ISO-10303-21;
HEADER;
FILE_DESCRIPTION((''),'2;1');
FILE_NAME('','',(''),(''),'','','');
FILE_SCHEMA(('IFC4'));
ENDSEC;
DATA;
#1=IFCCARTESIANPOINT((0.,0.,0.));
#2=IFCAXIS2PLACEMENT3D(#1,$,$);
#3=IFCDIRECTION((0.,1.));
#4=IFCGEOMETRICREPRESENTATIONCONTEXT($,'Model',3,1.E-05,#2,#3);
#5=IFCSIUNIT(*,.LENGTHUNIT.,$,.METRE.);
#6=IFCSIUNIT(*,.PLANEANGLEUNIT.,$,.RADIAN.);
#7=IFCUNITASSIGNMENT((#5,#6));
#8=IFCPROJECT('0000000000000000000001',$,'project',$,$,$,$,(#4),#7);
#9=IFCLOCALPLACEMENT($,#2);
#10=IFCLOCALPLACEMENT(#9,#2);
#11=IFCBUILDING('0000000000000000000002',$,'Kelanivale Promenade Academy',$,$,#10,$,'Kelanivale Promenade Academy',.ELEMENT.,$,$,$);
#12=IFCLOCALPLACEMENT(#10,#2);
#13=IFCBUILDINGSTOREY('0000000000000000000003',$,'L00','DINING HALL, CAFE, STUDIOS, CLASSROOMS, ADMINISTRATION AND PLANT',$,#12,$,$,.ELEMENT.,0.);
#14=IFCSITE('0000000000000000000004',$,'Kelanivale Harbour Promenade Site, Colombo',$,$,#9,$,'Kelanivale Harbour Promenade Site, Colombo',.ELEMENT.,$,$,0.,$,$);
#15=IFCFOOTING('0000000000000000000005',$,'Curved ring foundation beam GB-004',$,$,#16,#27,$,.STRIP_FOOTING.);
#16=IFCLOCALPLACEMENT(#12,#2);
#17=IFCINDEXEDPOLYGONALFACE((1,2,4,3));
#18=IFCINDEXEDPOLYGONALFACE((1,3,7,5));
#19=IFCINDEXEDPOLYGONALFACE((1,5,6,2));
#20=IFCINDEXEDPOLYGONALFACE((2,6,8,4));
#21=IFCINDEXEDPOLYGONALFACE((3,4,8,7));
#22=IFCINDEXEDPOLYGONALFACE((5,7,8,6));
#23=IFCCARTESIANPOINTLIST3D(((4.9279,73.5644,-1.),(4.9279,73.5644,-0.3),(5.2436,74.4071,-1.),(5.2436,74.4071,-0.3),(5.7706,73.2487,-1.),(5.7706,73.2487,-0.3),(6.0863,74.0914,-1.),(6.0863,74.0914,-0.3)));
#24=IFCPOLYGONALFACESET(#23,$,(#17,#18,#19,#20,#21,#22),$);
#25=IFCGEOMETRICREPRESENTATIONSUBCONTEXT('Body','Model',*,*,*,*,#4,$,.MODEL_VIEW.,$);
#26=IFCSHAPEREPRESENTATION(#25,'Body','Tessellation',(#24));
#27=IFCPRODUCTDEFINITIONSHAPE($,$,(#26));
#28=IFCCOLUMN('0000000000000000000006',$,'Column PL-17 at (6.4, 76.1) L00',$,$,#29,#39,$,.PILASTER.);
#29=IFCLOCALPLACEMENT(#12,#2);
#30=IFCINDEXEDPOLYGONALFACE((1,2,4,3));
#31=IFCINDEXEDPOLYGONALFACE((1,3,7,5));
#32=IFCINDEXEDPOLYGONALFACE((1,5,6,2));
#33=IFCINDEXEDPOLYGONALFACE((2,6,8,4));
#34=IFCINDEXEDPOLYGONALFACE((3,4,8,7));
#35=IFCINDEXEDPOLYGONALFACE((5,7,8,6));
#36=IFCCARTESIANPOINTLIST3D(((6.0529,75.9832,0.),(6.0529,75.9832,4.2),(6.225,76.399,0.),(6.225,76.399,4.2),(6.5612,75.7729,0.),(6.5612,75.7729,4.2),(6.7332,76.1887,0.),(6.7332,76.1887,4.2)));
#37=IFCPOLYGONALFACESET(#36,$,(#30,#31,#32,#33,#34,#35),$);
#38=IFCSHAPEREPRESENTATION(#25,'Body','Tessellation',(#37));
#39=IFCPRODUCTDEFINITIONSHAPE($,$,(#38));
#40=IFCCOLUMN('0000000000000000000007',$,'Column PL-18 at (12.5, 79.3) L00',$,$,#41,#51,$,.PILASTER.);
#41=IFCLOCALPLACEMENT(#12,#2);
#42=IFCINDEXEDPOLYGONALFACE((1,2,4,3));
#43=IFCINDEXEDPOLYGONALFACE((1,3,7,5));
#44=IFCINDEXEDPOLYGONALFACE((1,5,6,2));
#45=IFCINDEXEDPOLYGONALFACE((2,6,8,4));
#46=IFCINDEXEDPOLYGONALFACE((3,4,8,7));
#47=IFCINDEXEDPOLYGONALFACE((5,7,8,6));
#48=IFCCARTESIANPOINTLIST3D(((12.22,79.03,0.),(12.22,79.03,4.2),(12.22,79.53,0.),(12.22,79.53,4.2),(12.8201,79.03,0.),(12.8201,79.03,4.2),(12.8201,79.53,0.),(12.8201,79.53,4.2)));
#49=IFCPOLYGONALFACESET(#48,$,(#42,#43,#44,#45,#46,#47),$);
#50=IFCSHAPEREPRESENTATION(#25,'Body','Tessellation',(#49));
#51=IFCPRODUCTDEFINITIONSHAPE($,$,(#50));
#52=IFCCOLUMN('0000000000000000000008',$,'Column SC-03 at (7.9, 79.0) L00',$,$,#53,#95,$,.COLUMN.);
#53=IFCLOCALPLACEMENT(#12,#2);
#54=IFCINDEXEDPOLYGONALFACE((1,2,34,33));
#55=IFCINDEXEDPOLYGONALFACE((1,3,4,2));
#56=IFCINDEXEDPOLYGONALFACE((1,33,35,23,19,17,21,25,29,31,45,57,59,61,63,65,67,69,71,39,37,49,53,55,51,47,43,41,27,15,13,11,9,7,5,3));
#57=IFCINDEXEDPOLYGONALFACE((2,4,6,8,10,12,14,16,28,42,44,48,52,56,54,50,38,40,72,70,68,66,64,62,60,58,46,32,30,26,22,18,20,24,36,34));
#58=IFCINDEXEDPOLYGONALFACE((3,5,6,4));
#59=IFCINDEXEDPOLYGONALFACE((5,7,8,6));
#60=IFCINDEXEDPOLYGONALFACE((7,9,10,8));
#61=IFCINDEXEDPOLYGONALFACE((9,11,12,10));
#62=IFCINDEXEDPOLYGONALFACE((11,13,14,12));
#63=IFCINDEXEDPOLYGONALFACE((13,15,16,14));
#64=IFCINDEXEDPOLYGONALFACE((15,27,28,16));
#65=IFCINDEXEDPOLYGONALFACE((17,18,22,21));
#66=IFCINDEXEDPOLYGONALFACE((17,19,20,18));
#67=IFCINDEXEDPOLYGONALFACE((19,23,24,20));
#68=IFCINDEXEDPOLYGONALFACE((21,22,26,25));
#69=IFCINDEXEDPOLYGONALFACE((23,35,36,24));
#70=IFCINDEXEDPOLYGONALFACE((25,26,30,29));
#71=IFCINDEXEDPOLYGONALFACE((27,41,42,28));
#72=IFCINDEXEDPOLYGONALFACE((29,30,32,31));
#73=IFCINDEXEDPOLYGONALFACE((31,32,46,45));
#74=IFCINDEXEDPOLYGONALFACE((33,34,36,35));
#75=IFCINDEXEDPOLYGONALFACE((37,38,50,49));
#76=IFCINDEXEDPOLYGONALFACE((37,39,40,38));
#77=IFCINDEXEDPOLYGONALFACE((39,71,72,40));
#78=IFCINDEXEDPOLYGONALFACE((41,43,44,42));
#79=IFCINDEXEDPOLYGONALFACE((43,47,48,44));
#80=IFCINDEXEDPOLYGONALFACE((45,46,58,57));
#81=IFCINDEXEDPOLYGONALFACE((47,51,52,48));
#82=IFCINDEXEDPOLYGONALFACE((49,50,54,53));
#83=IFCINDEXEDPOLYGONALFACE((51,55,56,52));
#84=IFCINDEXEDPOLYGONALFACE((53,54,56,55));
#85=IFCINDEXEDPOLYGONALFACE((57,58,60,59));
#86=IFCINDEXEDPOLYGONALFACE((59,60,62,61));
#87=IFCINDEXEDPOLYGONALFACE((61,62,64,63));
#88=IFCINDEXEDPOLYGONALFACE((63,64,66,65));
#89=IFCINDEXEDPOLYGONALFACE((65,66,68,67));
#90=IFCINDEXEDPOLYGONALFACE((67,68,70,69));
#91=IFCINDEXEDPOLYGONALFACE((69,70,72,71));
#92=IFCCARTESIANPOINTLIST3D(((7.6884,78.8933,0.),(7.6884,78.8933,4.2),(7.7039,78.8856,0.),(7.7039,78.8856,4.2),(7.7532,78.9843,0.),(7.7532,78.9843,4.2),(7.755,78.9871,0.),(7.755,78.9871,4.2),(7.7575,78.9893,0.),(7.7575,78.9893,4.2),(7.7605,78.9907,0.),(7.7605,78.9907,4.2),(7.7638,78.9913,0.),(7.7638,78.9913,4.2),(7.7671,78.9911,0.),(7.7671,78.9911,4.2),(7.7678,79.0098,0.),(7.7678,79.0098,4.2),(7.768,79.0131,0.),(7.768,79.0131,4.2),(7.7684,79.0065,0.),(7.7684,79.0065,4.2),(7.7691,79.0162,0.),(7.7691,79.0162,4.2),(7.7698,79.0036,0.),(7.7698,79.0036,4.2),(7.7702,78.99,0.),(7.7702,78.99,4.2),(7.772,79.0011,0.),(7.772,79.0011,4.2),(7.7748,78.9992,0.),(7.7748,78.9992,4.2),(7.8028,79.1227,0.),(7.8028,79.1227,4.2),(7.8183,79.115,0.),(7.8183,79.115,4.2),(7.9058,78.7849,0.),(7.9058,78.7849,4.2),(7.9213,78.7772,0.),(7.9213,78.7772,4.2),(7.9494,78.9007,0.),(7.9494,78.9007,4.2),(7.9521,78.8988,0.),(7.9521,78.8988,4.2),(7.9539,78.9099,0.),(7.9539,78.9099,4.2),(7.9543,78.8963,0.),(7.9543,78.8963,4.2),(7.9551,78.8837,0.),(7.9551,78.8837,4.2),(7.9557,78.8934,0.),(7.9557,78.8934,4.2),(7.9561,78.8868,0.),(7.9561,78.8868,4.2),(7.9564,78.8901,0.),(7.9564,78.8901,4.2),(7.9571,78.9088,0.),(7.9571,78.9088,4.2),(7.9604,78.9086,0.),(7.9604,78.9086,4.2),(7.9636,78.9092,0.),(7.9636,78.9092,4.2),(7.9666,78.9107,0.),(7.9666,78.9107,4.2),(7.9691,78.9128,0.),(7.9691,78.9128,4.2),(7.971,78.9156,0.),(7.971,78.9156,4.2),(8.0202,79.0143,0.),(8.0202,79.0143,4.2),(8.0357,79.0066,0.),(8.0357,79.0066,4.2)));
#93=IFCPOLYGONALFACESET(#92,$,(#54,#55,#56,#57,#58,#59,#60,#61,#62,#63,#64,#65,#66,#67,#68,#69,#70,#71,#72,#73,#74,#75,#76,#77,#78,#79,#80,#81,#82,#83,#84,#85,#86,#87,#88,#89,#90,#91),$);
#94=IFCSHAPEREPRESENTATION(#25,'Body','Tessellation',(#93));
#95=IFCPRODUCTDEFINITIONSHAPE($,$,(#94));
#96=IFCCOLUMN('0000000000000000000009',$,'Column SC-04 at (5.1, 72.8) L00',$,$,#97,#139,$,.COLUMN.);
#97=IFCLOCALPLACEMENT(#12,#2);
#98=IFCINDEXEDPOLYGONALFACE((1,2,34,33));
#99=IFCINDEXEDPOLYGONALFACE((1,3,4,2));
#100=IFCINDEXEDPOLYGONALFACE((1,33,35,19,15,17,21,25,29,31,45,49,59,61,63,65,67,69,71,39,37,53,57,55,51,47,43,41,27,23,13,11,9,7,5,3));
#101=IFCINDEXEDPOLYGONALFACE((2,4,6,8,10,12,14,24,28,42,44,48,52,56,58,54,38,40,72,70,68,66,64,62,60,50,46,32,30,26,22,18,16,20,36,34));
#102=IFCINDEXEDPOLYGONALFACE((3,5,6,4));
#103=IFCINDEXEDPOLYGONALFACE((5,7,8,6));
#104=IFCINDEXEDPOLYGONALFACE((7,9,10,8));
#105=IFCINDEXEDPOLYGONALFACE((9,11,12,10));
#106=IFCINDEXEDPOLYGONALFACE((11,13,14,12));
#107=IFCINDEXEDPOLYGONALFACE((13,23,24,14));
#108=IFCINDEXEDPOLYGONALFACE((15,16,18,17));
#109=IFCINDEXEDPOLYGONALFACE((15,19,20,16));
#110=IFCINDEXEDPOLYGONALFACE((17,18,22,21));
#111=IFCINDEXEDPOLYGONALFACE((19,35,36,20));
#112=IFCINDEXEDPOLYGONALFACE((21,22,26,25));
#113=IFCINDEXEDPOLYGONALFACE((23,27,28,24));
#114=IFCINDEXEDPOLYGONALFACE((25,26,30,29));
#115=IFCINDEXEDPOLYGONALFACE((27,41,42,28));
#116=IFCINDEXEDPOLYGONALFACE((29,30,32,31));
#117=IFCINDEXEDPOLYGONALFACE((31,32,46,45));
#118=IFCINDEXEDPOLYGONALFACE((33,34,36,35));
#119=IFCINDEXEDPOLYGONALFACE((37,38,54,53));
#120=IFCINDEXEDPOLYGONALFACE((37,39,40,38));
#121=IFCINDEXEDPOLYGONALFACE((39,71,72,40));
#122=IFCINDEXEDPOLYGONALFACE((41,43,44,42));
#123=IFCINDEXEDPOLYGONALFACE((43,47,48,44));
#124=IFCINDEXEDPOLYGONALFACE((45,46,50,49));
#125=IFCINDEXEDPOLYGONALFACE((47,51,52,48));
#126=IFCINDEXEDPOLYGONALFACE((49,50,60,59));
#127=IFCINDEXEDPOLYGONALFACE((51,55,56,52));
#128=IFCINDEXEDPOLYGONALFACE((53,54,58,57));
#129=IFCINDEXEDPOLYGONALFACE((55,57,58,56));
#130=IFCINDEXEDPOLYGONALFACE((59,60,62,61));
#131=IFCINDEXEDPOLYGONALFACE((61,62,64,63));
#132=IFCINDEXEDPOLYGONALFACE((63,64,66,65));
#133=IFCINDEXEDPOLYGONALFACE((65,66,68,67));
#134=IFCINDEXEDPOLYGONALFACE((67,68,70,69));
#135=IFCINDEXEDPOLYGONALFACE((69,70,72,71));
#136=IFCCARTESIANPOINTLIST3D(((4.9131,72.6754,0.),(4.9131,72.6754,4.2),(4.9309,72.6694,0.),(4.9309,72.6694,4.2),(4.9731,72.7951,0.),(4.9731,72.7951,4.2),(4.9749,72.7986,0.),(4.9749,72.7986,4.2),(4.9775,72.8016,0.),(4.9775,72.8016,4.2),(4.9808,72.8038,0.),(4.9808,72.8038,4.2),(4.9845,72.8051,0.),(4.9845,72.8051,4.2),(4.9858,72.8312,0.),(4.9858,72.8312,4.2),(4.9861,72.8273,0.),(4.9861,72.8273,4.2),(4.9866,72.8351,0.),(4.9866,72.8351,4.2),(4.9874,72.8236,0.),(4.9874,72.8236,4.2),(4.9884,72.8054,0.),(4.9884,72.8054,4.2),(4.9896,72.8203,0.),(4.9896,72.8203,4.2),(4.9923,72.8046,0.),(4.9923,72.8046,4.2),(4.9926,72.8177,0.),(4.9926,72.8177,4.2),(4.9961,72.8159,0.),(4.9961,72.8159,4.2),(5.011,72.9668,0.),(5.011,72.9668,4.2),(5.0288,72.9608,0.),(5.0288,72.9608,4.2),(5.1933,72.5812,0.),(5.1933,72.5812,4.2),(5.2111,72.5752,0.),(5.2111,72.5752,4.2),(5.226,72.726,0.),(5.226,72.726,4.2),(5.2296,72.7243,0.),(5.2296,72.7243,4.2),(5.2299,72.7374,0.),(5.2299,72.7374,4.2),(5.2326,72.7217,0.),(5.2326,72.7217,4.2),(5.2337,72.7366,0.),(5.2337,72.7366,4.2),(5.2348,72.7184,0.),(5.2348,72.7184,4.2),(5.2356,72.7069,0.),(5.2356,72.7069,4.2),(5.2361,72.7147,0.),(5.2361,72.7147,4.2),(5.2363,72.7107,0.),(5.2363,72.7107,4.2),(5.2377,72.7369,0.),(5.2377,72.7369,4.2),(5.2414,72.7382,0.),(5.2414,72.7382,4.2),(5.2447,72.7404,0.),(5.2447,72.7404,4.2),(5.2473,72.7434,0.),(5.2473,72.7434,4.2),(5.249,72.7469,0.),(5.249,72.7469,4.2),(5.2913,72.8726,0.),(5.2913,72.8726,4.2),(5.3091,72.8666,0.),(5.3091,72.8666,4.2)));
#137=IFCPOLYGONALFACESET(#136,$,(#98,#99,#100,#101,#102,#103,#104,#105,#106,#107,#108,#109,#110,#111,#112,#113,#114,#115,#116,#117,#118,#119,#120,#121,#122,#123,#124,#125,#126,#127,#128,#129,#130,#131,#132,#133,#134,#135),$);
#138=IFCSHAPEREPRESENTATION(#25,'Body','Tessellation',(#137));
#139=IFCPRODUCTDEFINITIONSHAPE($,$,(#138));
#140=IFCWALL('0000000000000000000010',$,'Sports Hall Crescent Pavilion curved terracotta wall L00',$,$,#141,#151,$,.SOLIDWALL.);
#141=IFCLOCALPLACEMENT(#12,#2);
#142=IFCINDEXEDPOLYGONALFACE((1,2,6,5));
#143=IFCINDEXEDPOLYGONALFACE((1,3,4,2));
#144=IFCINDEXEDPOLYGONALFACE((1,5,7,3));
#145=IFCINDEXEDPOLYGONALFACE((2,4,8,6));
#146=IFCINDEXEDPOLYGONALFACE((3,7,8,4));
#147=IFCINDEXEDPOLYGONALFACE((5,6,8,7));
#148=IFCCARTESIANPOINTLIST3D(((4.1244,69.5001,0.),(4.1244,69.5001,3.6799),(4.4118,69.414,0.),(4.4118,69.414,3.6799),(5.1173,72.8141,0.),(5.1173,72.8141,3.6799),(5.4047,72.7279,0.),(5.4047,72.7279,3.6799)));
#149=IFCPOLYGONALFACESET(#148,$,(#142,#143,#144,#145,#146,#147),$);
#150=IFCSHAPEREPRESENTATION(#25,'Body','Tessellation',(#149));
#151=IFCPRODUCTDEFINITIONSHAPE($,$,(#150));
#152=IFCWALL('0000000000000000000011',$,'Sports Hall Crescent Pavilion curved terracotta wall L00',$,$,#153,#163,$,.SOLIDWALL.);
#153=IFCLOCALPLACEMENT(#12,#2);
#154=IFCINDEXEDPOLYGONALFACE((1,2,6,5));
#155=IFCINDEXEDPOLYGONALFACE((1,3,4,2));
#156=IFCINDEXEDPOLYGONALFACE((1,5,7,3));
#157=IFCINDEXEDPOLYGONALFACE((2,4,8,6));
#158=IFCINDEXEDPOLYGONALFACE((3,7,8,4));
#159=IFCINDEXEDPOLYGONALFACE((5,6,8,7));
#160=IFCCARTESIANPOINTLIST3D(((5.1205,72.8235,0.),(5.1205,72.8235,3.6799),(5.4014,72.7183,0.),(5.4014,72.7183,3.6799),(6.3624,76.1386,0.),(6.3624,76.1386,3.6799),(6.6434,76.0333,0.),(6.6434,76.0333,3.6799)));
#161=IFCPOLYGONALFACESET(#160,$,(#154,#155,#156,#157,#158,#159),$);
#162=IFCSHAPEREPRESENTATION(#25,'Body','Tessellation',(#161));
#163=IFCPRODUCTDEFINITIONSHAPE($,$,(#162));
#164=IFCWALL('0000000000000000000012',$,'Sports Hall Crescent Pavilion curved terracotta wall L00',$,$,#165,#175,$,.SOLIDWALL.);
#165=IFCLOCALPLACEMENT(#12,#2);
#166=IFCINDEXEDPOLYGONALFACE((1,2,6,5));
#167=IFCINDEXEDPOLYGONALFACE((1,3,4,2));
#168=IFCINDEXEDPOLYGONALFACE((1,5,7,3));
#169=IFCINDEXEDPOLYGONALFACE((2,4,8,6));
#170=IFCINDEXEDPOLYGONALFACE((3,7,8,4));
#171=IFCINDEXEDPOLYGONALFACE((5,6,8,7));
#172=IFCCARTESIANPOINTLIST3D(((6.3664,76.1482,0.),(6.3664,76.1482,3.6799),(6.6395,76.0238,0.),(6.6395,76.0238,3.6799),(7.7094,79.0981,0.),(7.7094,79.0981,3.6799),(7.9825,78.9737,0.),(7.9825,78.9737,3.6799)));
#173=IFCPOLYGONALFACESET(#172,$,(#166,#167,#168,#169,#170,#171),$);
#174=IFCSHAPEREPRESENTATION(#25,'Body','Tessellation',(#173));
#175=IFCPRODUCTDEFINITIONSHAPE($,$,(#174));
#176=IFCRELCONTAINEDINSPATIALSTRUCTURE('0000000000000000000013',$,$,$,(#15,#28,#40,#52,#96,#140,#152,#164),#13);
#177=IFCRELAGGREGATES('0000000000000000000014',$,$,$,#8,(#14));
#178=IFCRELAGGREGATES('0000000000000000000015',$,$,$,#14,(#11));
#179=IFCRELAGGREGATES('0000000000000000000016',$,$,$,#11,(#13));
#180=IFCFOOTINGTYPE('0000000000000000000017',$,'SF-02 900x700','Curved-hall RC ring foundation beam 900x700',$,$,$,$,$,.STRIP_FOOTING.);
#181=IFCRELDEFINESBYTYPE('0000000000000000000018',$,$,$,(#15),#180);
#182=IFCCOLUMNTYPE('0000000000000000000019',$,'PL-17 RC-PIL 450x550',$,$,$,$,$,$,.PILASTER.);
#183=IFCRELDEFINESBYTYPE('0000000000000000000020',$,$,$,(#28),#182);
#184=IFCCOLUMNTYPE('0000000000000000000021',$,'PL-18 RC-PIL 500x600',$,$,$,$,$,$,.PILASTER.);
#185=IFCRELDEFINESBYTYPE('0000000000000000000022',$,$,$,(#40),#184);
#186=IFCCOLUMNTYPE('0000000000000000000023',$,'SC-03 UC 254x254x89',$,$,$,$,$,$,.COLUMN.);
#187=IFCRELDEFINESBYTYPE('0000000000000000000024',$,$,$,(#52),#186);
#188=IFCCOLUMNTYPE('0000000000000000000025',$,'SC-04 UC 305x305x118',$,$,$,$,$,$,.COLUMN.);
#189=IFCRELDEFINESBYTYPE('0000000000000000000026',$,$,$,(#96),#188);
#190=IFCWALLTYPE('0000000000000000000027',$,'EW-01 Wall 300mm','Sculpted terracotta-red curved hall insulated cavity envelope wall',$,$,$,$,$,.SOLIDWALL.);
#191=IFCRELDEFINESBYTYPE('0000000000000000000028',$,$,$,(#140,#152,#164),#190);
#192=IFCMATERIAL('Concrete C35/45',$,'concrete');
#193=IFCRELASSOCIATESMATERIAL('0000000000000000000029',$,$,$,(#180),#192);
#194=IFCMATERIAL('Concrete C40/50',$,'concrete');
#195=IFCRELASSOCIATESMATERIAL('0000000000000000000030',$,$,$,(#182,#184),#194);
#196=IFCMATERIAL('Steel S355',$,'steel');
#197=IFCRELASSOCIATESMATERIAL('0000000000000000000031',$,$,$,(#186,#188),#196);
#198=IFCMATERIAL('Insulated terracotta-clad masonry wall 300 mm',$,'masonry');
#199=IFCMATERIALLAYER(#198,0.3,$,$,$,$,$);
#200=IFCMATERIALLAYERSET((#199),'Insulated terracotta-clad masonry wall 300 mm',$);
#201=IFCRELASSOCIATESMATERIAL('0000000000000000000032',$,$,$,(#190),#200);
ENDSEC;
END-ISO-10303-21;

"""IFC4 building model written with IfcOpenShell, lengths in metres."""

from ifc_helpers import new_model, si_unit, direction, frame, frame_2d, origin, origin_2d, place, context, subcontext, project, spatial, rectangle, i_section, extrude, material, layer, layer_set, material_profile, profile_set, type_object, element, save


model = new_model("IFC4")

# Units and contexts
model_context = context("Model", 3, precision=1e-05, world=origin(), true_north=direction((0.0, 1.0)))
body_context = subcontext(model_context, "Body", "Model", "MODEL_VIEW")
ifc_project = project(units=[si_unit("LENGTHUNIT", "METRE"), si_unit("PLANEANGLEUNIT", "RADIAN")], contexts=[model_context])

# Site, building, storey
site_placement = place(None, origin())
site = spatial("IfcSite", under=ifc_project, at=site_placement, Name="Kelanivale Harbour Promenade Site, Colombo", LongName="Kelanivale Harbour Promenade Site, Colombo", CompositionType="ELEMENT", RefElevation=0.0)
building_placement = place(site_placement, origin())
building = spatial("IfcBuilding", under=site, at=building_placement, Name="Kelanivale Promenade Academy", LongName="Kelanivale Promenade Academy", CompositionType="ELEMENT")
storey_placement = place(building_placement, origin())
storey = spatial("IfcBuildingStorey", under=building, at=storey_placement, Name="L00", Description="DINING HALL, CAFE, STUDIOS, CLASSROOMS, ADMINISTRATION AND PLANT", CompositionType="ELEMENT", Elevation=0.0)

# Shared definitions
ifc_material_1 = material(Name="Concrete C35/45", Category="concrete")

# Footing
footing_type_1 = type_object("IfcFootingType", Name="SF-02 900x700", Description="Curved-hall RC ring foundation beam 900x700", PredefinedType="STRIP_FOOTING", material=ifc_material_1)
footing_1_placement = place(storey_placement, frame((5.5071, 73.8279, -1.0), z_axis=(0.0, 0.0, 1.0), x_axis=(0.350845, 0.936434, 0.0)))
element("IfcFooting", 1, at=footing_1_placement, inside=storey, type_object=footing_type_1, Name="Curved ring foundation beam GB-004", PredefinedType="STRIP_FOOTING", context=body_context, shape_type="SweptSolid", body=[
    extrude(rectangle(XDim=0.8999, YDim=0.8999, at=origin_2d()), origin(), (0.0, 0.0, 1.0), 0.7),
])

# Columns
ifc_material_2 = material(Name="Concrete C40/50", Category="concrete")
ifc_material_profile_1 = material_profile(ifc_material_2, rectangle(XDim=0.45, YDim=0.55, at=origin_2d()), Name="RC-PIL 450x550")
ifc_profile_set_1 = profile_set([ifc_material_profile_1], Name="Concrete C40/50")
column_type_1 = type_object("IfcColumnType", Name="PL-17 RC-PIL 450x550", PredefinedType="PILASTER", material=ifc_profile_set_1)
column_1_placement = place(storey_placement, frame((6.3931, 76.0859, 0.0), z_axis=(0.0, 0.0, 1.0), x_axis=(0.382361, 0.924013, 0.0)))
element("IfcColumn", 2, at=column_1_placement, inside=storey, type_object=column_type_1, Name="Column PL-17 at (6.4, 76.1) L00", PredefinedType="PILASTER", context=body_context, shape_type="SweptSolid", body=[
    extrude(rectangle(XDim=0.45, YDim=0.55, at=origin_2d()), origin(), (0.0, 0.0, 1.0), 4.2),
])
ifc_material_profile_2 = material_profile(ifc_material_2, rectangle(XDim=0.5, YDim=0.6001, at=origin_2d()), Name="RC-PIL 500x600")
ifc_profile_set_2 = profile_set([ifc_material_profile_2], Name="Concrete C40/50")
column_type_2 = type_object("IfcColumnType", Name="PL-18 RC-PIL 500x600", PredefinedType="PILASTER", material=ifc_profile_set_2)
column_2_placement = place(storey_placement, frame((12.52, 79.28, 0.0), z_axis=(0.0, 0.0, 1.0), x_axis=(0.0, 1.0, 0.0)))
element("IfcColumn", 3, at=column_2_placement, inside=storey, type_object=column_type_2, Name="Column PL-18 at (12.5, 79.3) L00", PredefinedType="PILASTER", context=body_context, shape_type="SweptSolid", body=[
    extrude(rectangle(XDim=0.5, YDim=0.6001, at=origin_2d()), origin(), (0.0, 0.0, 1.0), 4.2),
])
ifc_material_3 = material(Name="Steel S355", Category="steel")
ifc_material_profile_3 = material_profile(ifc_material_3, i_section(OverallWidth=0.2563, OverallDepth=0.2603, WebThickness=0.0103, FlangeThickness=0.0173, FilletRadius=0.0127, at=origin_2d()), Name="UC 254x254x89")
ifc_profile_set_3 = profile_set([ifc_material_profile_3], Name="Steel S355")
column_type_3 = type_object("IfcColumnType", Name="SC-03 UC 254x254x89", PredefinedType="COLUMN", material=ifc_profile_set_3)
column_3_placement = place(storey_placement, frame((7.8621, 78.95, 0.0), z_axis=(0.0, 0.0, 1.0), x_axis=(0.446198, 0.894934, 0.0)))
element("IfcColumn", 4, at=column_3_placement, inside=storey, type_object=column_type_3, Name="Column SC-03 at (7.9, 79.0) L00", PredefinedType="COLUMN", context=body_context, shape_type="SweptSolid", body=[
    extrude(i_section(OverallWidth=0.2563, OverallDepth=0.2603, WebThickness=0.0103, FlangeThickness=0.0173, FilletRadius=0.0127, at=origin_2d()), origin(), (0.0, 0.0, 1.0), 4.2),
])
ifc_material_profile_4 = material_profile(ifc_material_3, i_section(OverallWidth=0.3074, OverallDepth=0.3145, WebThickness=0.012, FlangeThickness=0.0188, FilletRadius=0.0151, at=origin_2d()), Name="UC 305x305x118")
ifc_profile_set_4 = profile_set([ifc_material_profile_4], Name="Steel S355")
column_type_4 = type_object("IfcColumnType", Name="SC-04 UC 305x305x118", PredefinedType="COLUMN", material=ifc_profile_set_4)
column_4_placement = place(storey_placement, frame((5.1111, 72.771, 0.0), z_axis=(0.0, 0.0, 1.0), x_axis=(0.318628, 0.94788, 0.0)))
element("IfcColumn", 5, at=column_4_placement, inside=storey, type_object=column_type_4, Name="Column SC-04 at (5.1, 72.8) L00", PredefinedType="COLUMN", context=body_context, shape_type="SweptSolid", body=[
    extrude(i_section(OverallWidth=0.3074, OverallDepth=0.3145, WebThickness=0.012, FlangeThickness=0.0188, FilletRadius=0.0151, at=origin_2d()), origin(), (0.0, 0.0, 1.0), 4.2),
])

# Walls
ifc_material_4 = material(Name="Insulated terracotta-clad masonry wall 300 mm", Category="masonry")
ifc_layer = layer(ifc_material_4, 0.3)
ifc_layer_set = layer_set([ifc_layer], Name="Insulated terracotta-clad masonry wall 300 mm")
wall_type = type_object("IfcWallType", Name="EW-01 Wall 300mm", Description="Sculpted terracotta-red curved hall insulated cavity envelope wall", PredefinedType="SOLIDWALL", material=ifc_layer_set)
wall_1_placement = place(storey_placement, frame((5.261, 72.771, 0.0), z_axis=(0.0, 0.0, 1.0), x_axis=(-0.287011, -0.957927, 0.0)))
element("IfcWall", 6, at=wall_1_placement, inside=storey, type_object=wall_type, Name="Sports Hall Crescent Pavilion curved terracotta wall L00", PredefinedType="SOLIDWALL", context=body_context, shape_type="SweptSolid", body=[
    extrude(rectangle(XDim=3.4595, YDim=0.3, at=frame_2d((1.7297, 0.0))), origin(), (0.0, 0.0, 1.0), 3.6799),
])
wall_2_placement = place(storey_placement, frame((6.5029, 76.0859, 0.0), z_axis=(0.0, 0.0, 1.0), x_axis=(-0.350836, -0.936437, 0.0)))
element("IfcWall", 7, at=wall_2_placement, inside=storey, type_object=wall_type, Name="Sports Hall Crescent Pavilion curved terracotta wall L00", PredefinedType="SOLIDWALL", context=body_context, shape_type="SweptSolid", body=[
    extrude(rectangle(XDim=3.54, YDim=0.3, at=frame_2d((1.77, 0.0))), origin(), (0.0, 0.0, 1.0), 3.6799),
])
wall_3_placement = place(storey_placement, frame((7.8459, 79.0359, 0.0), z_axis=(0.0, 0.0, 1.0), x_axis=(-0.414348, -0.910119, 0.0)))
element("IfcWall", 8, at=wall_3_placement, inside=storey, type_object=wall_type, Name="Sports Hall Crescent Pavilion curved terracotta wall L00", PredefinedType="SOLIDWALL", context=body_context, shape_type="SweptSolid", body=[
    extrude(rectangle(XDim=3.2412, YDim=0.3, at=frame_2d((1.6206, 0.0))), origin(), (0.0, 0.0, 1.0), 3.6799),
])

save(model, "model.ifc")
